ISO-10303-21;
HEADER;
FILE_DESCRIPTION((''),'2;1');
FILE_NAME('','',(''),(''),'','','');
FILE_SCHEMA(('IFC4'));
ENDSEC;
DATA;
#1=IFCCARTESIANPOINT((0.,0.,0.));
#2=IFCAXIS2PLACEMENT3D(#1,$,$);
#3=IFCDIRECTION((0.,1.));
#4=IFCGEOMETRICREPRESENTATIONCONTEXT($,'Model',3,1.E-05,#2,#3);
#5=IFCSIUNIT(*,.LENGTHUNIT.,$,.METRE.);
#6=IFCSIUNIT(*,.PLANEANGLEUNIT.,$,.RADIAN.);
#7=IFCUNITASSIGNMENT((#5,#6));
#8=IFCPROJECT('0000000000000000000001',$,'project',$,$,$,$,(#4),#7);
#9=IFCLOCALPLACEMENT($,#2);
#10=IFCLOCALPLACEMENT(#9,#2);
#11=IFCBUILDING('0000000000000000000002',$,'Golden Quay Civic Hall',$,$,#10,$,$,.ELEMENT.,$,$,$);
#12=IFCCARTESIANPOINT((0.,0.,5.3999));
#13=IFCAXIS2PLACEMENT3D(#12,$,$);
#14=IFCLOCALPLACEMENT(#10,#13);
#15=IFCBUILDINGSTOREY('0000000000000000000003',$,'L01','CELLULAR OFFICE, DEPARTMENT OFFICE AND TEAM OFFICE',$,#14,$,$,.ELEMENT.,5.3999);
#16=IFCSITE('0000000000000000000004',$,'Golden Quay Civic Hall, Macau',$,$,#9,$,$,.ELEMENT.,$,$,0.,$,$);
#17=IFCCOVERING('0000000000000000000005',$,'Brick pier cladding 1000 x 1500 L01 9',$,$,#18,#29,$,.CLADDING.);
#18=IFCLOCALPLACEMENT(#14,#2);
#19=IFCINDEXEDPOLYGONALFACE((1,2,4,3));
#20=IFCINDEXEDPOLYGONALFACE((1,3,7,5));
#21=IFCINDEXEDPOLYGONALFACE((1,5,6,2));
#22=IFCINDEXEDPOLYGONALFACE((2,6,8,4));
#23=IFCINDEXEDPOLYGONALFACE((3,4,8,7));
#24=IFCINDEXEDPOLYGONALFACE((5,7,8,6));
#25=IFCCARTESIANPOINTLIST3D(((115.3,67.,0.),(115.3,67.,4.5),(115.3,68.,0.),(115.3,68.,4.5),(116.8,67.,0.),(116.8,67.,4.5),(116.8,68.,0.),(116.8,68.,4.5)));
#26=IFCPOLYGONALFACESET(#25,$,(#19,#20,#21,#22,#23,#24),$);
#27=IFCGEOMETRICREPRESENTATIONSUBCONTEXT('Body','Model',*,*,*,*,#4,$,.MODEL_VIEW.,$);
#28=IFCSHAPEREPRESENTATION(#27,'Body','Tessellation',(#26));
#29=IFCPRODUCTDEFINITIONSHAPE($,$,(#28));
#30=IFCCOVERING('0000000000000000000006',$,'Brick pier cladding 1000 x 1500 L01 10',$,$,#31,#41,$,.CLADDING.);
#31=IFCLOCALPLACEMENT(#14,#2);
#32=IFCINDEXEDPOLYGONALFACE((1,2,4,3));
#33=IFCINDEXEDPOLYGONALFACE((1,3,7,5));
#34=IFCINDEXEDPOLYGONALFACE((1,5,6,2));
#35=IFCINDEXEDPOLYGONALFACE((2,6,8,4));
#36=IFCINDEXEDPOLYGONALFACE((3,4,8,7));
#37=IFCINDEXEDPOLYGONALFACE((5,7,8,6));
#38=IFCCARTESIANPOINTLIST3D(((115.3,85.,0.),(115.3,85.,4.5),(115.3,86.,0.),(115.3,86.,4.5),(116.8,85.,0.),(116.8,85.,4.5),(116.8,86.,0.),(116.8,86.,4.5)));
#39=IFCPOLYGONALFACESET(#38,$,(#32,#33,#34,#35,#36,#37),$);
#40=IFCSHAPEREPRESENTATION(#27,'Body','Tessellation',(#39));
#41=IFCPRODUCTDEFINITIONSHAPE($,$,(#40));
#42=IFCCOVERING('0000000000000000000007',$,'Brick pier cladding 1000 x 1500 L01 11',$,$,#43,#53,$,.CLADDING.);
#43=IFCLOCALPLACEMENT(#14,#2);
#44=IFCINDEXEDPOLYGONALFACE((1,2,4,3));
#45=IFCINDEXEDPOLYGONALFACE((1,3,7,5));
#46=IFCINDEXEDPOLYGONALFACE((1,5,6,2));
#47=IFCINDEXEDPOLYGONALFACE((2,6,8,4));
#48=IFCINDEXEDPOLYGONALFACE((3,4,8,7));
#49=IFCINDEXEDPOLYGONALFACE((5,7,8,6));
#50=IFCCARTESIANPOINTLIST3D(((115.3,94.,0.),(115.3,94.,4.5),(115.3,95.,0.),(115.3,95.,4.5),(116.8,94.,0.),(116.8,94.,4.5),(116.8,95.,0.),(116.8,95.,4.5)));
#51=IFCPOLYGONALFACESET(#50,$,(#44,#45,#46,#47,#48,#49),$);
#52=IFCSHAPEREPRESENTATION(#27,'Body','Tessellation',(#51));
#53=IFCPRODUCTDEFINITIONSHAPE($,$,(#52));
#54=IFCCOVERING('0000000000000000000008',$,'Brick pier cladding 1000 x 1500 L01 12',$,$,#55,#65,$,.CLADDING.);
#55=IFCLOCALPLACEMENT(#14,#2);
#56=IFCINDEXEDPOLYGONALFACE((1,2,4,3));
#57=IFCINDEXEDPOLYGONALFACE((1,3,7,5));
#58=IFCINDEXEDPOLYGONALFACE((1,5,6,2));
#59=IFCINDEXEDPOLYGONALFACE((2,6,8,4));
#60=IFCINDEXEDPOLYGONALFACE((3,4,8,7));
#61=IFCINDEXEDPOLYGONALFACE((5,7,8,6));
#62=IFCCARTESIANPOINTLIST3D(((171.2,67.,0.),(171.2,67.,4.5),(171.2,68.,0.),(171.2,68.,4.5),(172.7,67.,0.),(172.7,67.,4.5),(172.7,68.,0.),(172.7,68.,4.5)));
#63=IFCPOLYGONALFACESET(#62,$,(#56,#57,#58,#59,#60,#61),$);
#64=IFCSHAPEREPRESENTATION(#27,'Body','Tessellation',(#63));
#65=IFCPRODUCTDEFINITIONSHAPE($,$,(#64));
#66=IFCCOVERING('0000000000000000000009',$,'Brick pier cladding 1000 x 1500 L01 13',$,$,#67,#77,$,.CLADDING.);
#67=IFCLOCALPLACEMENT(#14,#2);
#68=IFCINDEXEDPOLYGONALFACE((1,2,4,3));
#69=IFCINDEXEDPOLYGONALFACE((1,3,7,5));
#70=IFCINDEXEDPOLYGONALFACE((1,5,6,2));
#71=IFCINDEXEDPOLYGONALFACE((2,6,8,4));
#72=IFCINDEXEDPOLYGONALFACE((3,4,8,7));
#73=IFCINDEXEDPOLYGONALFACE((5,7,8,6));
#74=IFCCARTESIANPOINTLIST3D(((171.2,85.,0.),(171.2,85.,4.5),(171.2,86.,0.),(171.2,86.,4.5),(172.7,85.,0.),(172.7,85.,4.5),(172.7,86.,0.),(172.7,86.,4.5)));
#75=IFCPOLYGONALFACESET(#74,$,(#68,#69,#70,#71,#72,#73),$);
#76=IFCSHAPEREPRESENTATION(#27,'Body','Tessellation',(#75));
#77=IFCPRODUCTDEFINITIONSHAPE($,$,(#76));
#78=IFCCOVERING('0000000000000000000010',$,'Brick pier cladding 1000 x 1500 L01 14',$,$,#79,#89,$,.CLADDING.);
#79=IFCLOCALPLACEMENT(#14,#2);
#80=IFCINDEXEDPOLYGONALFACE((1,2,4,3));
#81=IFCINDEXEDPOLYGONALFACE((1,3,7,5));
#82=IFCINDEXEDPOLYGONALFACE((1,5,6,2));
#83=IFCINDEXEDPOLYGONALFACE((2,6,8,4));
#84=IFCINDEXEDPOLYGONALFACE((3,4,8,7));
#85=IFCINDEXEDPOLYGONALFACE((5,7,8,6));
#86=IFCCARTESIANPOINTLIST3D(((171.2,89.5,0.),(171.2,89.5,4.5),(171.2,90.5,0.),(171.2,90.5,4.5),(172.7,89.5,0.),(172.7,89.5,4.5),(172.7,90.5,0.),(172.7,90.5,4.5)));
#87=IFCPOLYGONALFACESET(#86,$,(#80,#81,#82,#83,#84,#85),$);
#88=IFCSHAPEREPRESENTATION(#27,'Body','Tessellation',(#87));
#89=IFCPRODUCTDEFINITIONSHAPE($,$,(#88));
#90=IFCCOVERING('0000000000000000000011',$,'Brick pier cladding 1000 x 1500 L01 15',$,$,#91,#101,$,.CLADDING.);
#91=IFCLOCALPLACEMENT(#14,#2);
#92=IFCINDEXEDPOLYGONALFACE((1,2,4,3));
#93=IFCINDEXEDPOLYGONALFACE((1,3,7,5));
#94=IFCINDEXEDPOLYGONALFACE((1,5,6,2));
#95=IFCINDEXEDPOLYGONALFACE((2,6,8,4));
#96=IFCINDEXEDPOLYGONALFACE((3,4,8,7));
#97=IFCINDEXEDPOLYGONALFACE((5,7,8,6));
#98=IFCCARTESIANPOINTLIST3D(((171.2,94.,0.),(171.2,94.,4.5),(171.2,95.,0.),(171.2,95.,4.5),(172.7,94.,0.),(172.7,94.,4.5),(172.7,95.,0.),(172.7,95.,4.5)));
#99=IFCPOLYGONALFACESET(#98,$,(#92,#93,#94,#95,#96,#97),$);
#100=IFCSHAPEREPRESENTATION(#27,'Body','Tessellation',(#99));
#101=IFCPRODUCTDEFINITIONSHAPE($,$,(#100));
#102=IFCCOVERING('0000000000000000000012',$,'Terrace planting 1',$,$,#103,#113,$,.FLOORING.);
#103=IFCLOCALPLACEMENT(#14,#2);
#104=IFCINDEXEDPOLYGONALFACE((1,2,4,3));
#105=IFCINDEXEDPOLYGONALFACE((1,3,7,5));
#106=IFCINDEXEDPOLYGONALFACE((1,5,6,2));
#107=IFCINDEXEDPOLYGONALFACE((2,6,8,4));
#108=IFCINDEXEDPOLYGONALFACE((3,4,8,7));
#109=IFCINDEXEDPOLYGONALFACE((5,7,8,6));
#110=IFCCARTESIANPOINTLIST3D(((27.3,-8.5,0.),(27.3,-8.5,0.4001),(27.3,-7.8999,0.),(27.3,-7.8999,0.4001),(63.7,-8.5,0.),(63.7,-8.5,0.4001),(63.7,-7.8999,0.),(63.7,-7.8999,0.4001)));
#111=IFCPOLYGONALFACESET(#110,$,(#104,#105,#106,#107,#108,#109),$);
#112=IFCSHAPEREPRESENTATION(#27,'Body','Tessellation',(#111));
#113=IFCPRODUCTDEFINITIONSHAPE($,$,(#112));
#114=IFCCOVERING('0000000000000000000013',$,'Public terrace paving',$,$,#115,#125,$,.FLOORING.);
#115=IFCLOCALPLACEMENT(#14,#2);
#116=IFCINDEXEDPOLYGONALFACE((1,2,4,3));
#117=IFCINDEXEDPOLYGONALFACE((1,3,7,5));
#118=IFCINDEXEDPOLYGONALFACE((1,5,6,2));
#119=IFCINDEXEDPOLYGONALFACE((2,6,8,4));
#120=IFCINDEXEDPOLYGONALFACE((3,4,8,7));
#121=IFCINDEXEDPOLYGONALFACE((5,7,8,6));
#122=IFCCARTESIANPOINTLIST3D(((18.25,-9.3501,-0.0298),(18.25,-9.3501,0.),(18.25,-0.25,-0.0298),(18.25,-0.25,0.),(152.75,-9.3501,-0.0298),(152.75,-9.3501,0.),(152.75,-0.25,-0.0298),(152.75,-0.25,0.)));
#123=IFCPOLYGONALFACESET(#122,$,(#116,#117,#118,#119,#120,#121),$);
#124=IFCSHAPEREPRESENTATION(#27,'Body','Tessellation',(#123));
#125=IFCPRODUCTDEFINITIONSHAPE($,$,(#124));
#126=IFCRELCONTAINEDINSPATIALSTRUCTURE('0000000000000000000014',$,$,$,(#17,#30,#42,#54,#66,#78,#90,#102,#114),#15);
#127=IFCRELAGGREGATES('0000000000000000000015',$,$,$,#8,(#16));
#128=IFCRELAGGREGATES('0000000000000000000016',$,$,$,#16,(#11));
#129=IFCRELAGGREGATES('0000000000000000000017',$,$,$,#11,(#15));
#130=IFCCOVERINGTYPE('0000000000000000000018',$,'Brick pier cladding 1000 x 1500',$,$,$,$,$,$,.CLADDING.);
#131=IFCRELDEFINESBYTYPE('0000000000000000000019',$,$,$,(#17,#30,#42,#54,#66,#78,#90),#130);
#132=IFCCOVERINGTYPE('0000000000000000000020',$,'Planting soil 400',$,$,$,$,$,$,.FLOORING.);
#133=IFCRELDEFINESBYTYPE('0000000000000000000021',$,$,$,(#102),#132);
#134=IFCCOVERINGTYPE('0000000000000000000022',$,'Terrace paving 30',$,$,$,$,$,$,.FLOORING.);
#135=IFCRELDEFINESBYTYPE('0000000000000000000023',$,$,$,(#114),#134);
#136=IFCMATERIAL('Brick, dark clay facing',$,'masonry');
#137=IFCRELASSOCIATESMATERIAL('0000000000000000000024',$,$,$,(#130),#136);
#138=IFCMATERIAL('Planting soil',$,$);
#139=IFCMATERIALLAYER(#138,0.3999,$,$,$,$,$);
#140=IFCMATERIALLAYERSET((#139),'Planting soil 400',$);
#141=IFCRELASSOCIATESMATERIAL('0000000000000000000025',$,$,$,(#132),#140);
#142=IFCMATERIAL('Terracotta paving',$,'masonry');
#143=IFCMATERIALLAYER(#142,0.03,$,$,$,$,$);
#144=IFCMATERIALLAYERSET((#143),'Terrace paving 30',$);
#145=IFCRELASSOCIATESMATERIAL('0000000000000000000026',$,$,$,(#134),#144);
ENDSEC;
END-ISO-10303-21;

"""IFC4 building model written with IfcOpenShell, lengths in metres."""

from ifc_helpers import new_model, si_unit, direction, frame, origin, place, context, subcontext, project, spatial, polyline, outline, extrude, material, layer, layer_set, type_object, element, save


model = new_model("IFC4")

# Units and contexts
model_context = context("Model", 3, precision=1e-05, world=origin(), true_north=direction((0.0, 1.0)))
body_context = subcontext(model_context, "Body", "Model", "MODEL_VIEW")
ifc_project = project(units=[si_unit("LENGTHUNIT", "METRE"), si_unit("PLANEANGLEUNIT", "RADIAN")], contexts=[model_context])

# Site, building, storey
site_placement = place(None, origin())
site = spatial("IfcSite", under=ifc_project, at=site_placement, Name="Golden Quay Civic Hall, Macau", CompositionType="ELEMENT", RefElevation=0.0)
building_placement = place(site_placement, origin())
building = spatial("IfcBuilding", under=site, at=building_placement, Name="Golden Quay Civic Hall", CompositionType="ELEMENT")
storey_placement = place(building_placement, frame((0.0, 0.0, 5.3999)))
storey = spatial("IfcBuildingStorey", under=building, at=storey_placement, Name="L01", Description="CELLULAR OFFICE, DEPARTMENT OFFICE AND TEAM OFFICE", CompositionType="ELEMENT", Elevation=5.3999)

# Coverings
ifc_material_1 = material(Name="Brick, dark clay facing", Category="masonry")
covering_type_1 = type_object("IfcCoveringType", Name="Brick pier cladding 1000 x 1500", PredefinedType="CLADDING", material=ifc_material_1)
covering_1_placement = place(storey_placement, origin())
element("IfcCovering", 1, at=covering_1_placement, inside=storey, type_object=covering_type_1, Name="Brick pier cladding 1000 x 1500 L01 9", PredefinedType="CLADDING", context=body_context, shape_type="SweptSolid", body=[
    extrude(outline(polyline([(116.8, 67.0), (116.8, 68.0), (115.3, 68.0), (115.3, 67.0), (116.8, 67.0)])), origin(), (0.0, 0.0, 1.0), 4.5),
])
covering_2_placement = place(storey_placement, origin())
element("IfcCovering", 2, at=covering_2_placement, inside=storey, type_object=covering_type_1, Name="Brick pier cladding 1000 x 1500 L01 10", PredefinedType="CLADDING", context=body_context, shape_type="SweptSolid", body=[
    extrude(outline(polyline([(116.8, 85.0), (116.8, 86.0), (115.3, 86.0), (115.3, 85.0), (116.8, 85.0)])), origin(), (0.0, 0.0, 1.0), 4.5),
])
covering_3_placement = place(storey_placement, origin())
element("IfcCovering", 3, at=covering_3_placement, inside=storey, type_object=covering_type_1, Name="Brick pier cladding 1000 x 1500 L01 11", PredefinedType="CLADDING", context=body_context, shape_type="SweptSolid", body=[
    extrude(outline(polyline([(116.8, 94.0), (116.8, 95.0), (115.3, 95.0), (115.3, 94.0), (116.8, 94.0)])), origin(), (0.0, 0.0, 1.0), 4.5),
])
covering_4_placement = place(storey_placement, origin())
element("IfcCovering", 4, at=covering_4_placement, inside=storey, type_object=covering_type_1, Name="Brick pier cladding 1000 x 1500 L01 12", PredefinedType="CLADDING", context=body_context, shape_type="SweptSolid", body=[
    extrude(outline(polyline([(171.2, 67.0), (171.2, 68.0), (172.7, 68.0), (172.7, 67.0), (171.2, 67.0)])), origin(), (0.0, 0.0, 1.0), 4.5),
])
covering_5_placement = place(storey_placement, origin())
element("IfcCovering", 5, at=covering_5_placement, inside=storey, type_object=covering_type_1, Name="Brick pier cladding 1000 x 1500 L01 13", PredefinedType="CLADDING", context=body_context, shape_type="SweptSolid", body=[
    extrude(outline(polyline([(171.2, 85.0), (171.2, 86.0), (172.7, 86.0), (172.7, 85.0), (171.2, 85.0)])), origin(), (0.0, 0.0, 1.0), 4.5),
])
covering_6_placement = place(storey_placement, origin())
element("IfcCovering", 6, at=covering_6_placement, inside=storey, type_object=covering_type_1, Name="Brick pier cladding 1000 x 1500 L01 14", PredefinedType="CLADDING", context=body_context, shape_type="SweptSolid", body=[
    extrude(outline(polyline([(171.2, 89.5), (171.2, 90.5), (172.7, 90.5), (172.7, 89.5), (171.2, 89.5)])), origin(), (0.0, 0.0, 1.0), 4.5),
])
covering_7_placement = place(storey_placement, origin())
element("IfcCovering", 7, at=covering_7_placement, inside=storey, type_object=covering_type_1, Name="Brick pier cladding 1000 x 1500 L01 15", PredefinedType="CLADDING", context=body_context, shape_type="SweptSolid", body=[
    extrude(outline(polyline([(171.2, 94.0), (171.2, 95.0), (172.7, 95.0), (172.7, 94.0), (171.2, 94.0)])), origin(), (0.0, 0.0, 1.0), 4.5),
])
ifc_material_2 = material(Name="Planting soil")
ifc_layer_1 = layer(ifc_material_2, 0.3999)
ifc_layer_set_1 = layer_set([ifc_layer_1], Name="Planting soil 400")
covering_type_2 = type_object("IfcCoveringType", Name="Planting soil 400", PredefinedType="FLOORING", material=ifc_layer_set_1)
covering_8_placement = place(storey_placement, origin())
element("IfcCovering", 8, at=covering_8_placement, inside=storey, type_object=covering_type_2, Name="Terrace planting 1", PredefinedType="FLOORING", context=body_context, shape_type="SweptSolid", body=[
    extrude(outline(polyline([(27.3, -8.5), (63.7, -8.5), (63.7, -7.8999), (27.3, -7.8999), (27.3, -8.5)])), origin(), (0.0, 0.0, 1.0), 0.4001),
])
ifc_material_3 = material(Name="Terracotta paving", Category="masonry")
ifc_layer_2 = layer(ifc_material_3, 0.03)
ifc_layer_set_2 = layer_set([ifc_layer_2], Name="Terrace paving 30")
covering_type_3 = type_object("IfcCoveringType", Name="Terrace paving 30", PredefinedType="FLOORING", material=ifc_layer_set_2)
covering_9_placement = place(storey_placement, frame((0.0, 0.0, -0.0298)))
element("IfcCovering", 9, at=covering_9_placement, inside=storey, type_object=covering_type_3, Name="Public terrace paving", PredefinedType="FLOORING", context=body_context, shape_type="SweptSolid", body=[
    extrude(outline(polyline([(18.25, -9.3501), (152.75, -9.3501), (152.75, -0.25), (18.25, -0.25), (18.25, -9.3501)])), origin(), (0.0, 0.0, 1.0), 0.0298),
])

save(model, "model.ifc")
